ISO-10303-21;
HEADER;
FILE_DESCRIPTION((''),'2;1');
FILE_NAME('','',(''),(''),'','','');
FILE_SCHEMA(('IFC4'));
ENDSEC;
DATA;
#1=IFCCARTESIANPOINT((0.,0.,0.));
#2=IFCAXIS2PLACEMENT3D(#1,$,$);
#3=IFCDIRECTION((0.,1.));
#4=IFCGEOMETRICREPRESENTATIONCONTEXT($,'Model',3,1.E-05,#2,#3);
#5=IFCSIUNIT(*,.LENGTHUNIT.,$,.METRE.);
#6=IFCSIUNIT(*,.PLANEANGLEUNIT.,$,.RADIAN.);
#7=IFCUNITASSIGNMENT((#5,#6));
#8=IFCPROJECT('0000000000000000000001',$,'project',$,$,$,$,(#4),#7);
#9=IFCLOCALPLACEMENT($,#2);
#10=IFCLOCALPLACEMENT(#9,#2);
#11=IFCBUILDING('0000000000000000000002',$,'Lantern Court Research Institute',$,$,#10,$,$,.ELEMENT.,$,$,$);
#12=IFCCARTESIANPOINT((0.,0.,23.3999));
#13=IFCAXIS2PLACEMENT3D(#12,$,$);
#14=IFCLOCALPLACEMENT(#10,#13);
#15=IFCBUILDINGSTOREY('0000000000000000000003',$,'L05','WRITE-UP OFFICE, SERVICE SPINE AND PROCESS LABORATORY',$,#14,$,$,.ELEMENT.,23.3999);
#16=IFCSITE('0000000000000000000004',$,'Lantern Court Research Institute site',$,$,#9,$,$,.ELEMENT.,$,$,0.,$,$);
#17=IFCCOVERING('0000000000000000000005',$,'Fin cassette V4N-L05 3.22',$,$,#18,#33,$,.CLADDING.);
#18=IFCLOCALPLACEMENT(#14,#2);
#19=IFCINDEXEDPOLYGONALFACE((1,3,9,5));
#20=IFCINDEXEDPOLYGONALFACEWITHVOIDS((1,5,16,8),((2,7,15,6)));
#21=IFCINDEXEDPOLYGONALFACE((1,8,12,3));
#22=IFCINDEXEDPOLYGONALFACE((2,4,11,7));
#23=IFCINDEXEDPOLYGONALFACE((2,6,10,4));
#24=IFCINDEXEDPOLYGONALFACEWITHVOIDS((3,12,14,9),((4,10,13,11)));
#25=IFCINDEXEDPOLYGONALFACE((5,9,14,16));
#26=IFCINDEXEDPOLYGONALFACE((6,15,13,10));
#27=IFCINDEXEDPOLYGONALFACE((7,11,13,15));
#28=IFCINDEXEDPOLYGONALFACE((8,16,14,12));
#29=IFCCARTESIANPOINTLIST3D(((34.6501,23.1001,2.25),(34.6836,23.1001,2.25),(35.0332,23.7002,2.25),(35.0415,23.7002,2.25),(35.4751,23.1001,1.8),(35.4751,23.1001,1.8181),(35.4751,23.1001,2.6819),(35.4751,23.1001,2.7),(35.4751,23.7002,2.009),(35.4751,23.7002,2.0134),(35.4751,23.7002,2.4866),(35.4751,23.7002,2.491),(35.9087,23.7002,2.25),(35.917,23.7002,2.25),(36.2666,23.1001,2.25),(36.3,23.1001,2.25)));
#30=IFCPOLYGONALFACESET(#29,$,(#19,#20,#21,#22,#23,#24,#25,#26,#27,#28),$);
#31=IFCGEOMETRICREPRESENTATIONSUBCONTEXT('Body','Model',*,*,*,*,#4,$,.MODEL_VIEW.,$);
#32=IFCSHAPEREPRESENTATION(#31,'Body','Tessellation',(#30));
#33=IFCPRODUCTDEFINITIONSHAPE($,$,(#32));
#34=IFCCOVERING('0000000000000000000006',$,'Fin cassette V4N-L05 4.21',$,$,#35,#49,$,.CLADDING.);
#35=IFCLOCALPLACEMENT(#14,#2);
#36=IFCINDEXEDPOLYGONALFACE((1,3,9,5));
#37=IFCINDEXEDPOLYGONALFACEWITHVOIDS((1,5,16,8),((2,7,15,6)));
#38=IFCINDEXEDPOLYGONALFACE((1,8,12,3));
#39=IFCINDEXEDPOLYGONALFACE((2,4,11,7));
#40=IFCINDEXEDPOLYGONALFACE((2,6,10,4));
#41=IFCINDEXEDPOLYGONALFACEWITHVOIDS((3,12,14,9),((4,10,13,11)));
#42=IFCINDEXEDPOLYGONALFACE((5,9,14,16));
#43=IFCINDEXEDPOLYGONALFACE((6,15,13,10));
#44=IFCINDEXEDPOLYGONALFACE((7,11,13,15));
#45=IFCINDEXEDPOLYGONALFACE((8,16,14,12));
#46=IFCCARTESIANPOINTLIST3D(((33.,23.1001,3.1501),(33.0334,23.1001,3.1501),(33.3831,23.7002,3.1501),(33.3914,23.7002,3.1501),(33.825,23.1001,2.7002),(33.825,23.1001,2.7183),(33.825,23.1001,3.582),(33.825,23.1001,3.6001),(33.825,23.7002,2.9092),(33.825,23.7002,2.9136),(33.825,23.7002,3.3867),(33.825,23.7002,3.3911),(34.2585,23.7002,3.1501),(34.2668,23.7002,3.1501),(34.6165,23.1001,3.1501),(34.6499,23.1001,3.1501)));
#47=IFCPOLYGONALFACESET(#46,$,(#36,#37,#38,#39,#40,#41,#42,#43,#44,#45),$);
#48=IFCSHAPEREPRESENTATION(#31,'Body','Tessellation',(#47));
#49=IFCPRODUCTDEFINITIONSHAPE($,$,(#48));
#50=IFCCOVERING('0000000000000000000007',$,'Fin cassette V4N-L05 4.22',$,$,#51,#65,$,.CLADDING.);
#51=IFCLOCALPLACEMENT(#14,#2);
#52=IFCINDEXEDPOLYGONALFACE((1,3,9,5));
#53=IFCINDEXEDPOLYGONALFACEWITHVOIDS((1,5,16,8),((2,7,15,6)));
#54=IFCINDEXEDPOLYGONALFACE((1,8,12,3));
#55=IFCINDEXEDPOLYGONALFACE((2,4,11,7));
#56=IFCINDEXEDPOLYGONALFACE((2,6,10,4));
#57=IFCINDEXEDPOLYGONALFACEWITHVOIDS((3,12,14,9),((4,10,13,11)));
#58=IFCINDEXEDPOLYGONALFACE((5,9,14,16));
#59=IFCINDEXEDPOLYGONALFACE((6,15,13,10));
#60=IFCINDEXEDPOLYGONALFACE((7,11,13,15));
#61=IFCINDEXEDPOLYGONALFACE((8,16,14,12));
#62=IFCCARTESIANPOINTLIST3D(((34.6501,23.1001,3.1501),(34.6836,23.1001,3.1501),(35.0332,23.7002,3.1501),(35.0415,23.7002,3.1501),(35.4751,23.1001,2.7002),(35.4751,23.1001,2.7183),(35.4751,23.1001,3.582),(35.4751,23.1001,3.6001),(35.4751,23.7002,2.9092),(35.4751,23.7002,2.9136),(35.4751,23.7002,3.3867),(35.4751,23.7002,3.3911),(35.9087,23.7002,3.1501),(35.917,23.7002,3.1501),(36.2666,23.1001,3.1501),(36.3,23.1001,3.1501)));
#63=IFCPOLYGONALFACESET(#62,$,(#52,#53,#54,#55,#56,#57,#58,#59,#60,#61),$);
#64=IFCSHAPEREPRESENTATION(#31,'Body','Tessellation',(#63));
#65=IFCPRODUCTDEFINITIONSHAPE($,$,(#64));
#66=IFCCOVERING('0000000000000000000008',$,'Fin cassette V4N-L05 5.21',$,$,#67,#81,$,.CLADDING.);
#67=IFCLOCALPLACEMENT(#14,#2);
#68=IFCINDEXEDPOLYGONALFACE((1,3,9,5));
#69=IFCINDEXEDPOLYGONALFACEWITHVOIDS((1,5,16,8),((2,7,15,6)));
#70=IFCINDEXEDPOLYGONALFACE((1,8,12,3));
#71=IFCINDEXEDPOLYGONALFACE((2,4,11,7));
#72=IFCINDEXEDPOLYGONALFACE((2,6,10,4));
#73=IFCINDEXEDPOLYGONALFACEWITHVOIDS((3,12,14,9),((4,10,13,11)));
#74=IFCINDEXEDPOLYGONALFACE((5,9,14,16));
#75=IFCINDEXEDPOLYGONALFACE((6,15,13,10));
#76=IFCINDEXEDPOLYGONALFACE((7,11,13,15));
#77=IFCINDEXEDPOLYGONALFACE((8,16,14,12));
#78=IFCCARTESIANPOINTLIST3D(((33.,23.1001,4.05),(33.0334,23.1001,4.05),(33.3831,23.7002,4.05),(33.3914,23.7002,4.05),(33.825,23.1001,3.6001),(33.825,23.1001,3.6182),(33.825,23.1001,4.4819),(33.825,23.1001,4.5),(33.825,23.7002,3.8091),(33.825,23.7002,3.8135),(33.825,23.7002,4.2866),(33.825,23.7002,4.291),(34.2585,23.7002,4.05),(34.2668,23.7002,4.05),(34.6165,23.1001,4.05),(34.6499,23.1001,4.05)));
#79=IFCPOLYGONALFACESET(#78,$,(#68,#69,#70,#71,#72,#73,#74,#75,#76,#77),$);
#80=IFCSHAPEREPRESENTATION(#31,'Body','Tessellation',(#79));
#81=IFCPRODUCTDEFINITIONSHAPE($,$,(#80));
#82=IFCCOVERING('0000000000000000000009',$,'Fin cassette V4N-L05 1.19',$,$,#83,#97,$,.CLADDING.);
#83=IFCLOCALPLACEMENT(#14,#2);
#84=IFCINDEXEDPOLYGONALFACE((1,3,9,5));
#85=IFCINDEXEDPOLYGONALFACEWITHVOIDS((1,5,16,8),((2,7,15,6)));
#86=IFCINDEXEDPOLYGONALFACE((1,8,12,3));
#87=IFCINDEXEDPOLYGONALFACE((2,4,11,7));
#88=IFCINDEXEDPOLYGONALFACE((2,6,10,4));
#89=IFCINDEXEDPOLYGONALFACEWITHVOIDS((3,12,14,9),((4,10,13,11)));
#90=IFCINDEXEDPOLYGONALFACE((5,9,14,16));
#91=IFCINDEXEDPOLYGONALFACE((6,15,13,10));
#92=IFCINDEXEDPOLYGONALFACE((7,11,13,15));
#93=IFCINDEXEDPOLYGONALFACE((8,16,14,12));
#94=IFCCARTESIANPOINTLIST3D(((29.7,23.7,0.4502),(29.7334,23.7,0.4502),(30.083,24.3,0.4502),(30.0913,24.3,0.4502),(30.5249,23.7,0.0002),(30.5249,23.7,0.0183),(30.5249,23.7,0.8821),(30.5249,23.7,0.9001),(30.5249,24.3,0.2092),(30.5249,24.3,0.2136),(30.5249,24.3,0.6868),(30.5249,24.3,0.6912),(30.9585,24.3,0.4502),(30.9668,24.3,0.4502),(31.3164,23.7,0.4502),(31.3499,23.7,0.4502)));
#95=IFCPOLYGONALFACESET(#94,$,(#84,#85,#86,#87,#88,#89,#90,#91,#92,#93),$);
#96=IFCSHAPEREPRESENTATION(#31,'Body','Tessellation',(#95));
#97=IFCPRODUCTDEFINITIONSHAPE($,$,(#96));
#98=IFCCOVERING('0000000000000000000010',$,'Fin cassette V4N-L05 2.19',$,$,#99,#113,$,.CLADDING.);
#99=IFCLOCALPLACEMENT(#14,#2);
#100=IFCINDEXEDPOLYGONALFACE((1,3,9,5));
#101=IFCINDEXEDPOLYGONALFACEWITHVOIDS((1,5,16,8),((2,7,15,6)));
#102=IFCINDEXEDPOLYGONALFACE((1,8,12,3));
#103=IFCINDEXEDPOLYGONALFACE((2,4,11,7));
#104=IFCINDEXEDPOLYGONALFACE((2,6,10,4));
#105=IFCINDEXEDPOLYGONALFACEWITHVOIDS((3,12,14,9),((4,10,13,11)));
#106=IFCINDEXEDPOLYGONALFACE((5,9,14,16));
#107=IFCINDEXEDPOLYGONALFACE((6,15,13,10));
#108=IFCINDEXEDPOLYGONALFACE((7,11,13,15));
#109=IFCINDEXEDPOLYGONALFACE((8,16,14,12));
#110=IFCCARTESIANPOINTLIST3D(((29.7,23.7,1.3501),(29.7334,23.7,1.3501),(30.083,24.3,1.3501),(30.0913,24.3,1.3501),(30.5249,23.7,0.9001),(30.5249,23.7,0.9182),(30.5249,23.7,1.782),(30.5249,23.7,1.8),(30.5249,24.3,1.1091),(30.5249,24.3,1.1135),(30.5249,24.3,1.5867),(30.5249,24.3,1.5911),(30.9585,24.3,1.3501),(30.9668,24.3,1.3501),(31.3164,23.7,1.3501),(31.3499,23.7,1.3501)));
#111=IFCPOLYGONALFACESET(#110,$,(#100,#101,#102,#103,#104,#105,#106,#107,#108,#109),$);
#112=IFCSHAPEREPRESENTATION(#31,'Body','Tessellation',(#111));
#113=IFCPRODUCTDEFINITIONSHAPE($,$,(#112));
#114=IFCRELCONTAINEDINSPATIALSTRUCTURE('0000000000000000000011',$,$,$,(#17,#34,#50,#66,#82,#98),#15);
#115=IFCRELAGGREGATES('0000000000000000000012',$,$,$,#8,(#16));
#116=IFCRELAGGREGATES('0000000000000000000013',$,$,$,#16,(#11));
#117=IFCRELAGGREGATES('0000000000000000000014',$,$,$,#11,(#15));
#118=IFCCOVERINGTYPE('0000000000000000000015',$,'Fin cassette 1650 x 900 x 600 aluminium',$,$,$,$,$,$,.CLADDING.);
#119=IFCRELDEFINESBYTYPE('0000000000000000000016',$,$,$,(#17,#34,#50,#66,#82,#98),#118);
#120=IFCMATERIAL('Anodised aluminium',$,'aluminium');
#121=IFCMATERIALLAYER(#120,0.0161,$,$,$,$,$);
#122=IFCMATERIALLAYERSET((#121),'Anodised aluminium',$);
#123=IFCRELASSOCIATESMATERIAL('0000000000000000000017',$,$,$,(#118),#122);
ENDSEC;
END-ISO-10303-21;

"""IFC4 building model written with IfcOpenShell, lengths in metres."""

from ifc_helpers import new_model, entity, si_unit, direction, frame, origin, place, context, subcontext, project, spatial, material, layer, layer_set, type_object, element, save


model = new_model("IFC4")

# Units and contexts
model_context = context("Model", 3, precision=1e-05, world=origin(), true_north=direction((0.0, 1.0)))
body_context = subcontext(model_context, "Body", "Model", "MODEL_VIEW")
ifc_project = project(units=[si_unit("LENGTHUNIT", "METRE"), si_unit("PLANEANGLEUNIT", "RADIAN")], contexts=[model_context])

# Site, building, storey
site_placement = place(None, origin())
site = spatial("IfcSite", under=ifc_project, at=site_placement, Name="Lantern Court Research Institute site", CompositionType="ELEMENT", RefElevation=0.0)
building_placement = place(site_placement, origin())
building = spatial("IfcBuilding", under=site, at=building_placement, Name="Lantern Court Research Institute", CompositionType="ELEMENT")
storey_placement = place(building_placement, frame((0.0, 0.0, 23.3999)))
storey = spatial("IfcBuildingStorey", under=building, at=storey_placement, Name="L05", Description="WRITE-UP OFFICE, SERVICE SPINE AND PROCESS LABORATORY", CompositionType="ELEMENT", Elevation=23.3999)

# Coverings
ifc_material_1 = material(Name="Anodised aluminium", Category="aluminium")
ifc_layer_1 = layer(ifc_material_1, 0.0161)
ifc_layer_set_1 = layer_set([ifc_layer_1], Name="Anodised aluminium")
covering_type = type_object("IfcCoveringType", Name="Fin cassette 1650 x 900 x 600 aluminium", PredefinedType="CLADDING", material=ifc_layer_set_1)
covering_1_placement = place(storey_placement, frame((35.4751, 23.1001, 2.25), z_axis=(0.0, 1.0, 0.0), x_axis=(-1.0, 0.0, 0.0)))
cartesian_point_1 = entity("IfcCartesianPoint", [0.825, 0.0])
cartesian_point_2 = entity("IfcCartesianPoint", [0.7915, 0.0])
cartesian_point_3 = entity("IfcCartesianPoint", [0.4419, 0.0])
cartesian_point_4 = entity("IfcCartesianPoint", [0.4336, 0.0])
element("IfcCovering", 1, at=covering_1_placement, inside=storey, type_object=covering_type, Name="Fin cassette V4N-L05 3.22", PredefinedType="CLADDING", context=body_context, shape_type="SweptSolid", body=[
    entity("IfcExtrudedAreaSolidTapered", entity("IfcArbitraryProfileDefWithVoids", "AREA", None, entity("IfcPolyline", [cartesian_point_1, entity("IfcCartesianPoint", [0.0, 0.45]), entity("IfcCartesianPoint", [-0.825, 0.0]), entity("IfcCartesianPoint", [0.0, -0.45]), cartesian_point_1]), [entity("IfcPolyline", [cartesian_point_2, entity("IfcCartesianPoint", [0.0, 0.4319]), entity("IfcCartesianPoint", [-0.7915, 0.0]), entity("IfcCartesianPoint", [0.0, -0.4319]), cartesian_point_2])]), entity("IfcAxis2Placement3D", entity("IfcCartesianPoint", [0.0, 0.0, 0.0])), entity("IfcDirection", [0.0, 0.0, 1.0]), 0.6001, entity("IfcArbitraryProfileDefWithVoids", "AREA", None, entity("IfcPolyline", [cartesian_point_3, entity("IfcCartesianPoint", [0.0, 0.241]), entity("IfcCartesianPoint", [-0.4419, 0.0]), entity("IfcCartesianPoint", [0.0, -0.241]), cartesian_point_3]), [entity("IfcPolyline", [cartesian_point_4, entity("IfcCartesianPoint", [0.0, 0.2366]), entity("IfcCartesianPoint", [-0.4336, 0.0]), entity("IfcCartesianPoint", [0.0, -0.2366]), cartesian_point_4])])),
])
covering_2_placement = place(storey_placement, frame((33.825, 23.1001, 3.1501), z_axis=(0.0, 1.0, 0.0), x_axis=(-1.0, 0.0, 0.0)))
cartesian_point_5 = entity("IfcCartesianPoint", [0.825, 0.0])
cartesian_point_6 = entity("IfcCartesianPoint", [0.7915, 0.0])
cartesian_point_7 = entity("IfcCartesianPoint", [0.4419, 0.0])
cartesian_point_8 = entity("IfcCartesianPoint", [0.4336, 0.0])
element("IfcCovering", 2, at=covering_2_placement, inside=storey, type_object=covering_type, Name="Fin cassette V4N-L05 4.21", PredefinedType="CLADDING", context=body_context, shape_type="SweptSolid", body=[
    entity("IfcExtrudedAreaSolidTapered", entity("IfcArbitraryProfileDefWithVoids", "AREA", None, entity("IfcPolyline", [cartesian_point_5, entity("IfcCartesianPoint", [0.0, 0.45]), entity("IfcCartesianPoint", [-0.825, 0.0]), entity("IfcCartesianPoint", [0.0, -0.45]), cartesian_point_5]), [entity("IfcPolyline", [cartesian_point_6, entity("IfcCartesianPoint", [0.0, 0.4319]), entity("IfcCartesianPoint", [-0.7915, 0.0]), entity("IfcCartesianPoint", [0.0, -0.4319]), cartesian_point_6])]), entity("IfcAxis2Placement3D", entity("IfcCartesianPoint", [0.0, 0.0, 0.0])), entity("IfcDirection", [0.0, 0.0, 1.0]), 0.6001, entity("IfcArbitraryProfileDefWithVoids", "AREA", None, entity("IfcPolyline", [cartesian_point_7, entity("IfcCartesianPoint", [0.0, 0.241]), entity("IfcCartesianPoint", [-0.4419, 0.0]), entity("IfcCartesianPoint", [0.0, -0.241]), cartesian_point_7]), [entity("IfcPolyline", [cartesian_point_8, entity("IfcCartesianPoint", [0.0, 0.2366]), entity("IfcCartesianPoint", [-0.4336, 0.0]), entity("IfcCartesianPoint", [0.0, -0.2366]), cartesian_point_8])])),
])
covering_3_placement = place(storey_placement, frame((35.4751, 23.1001, 3.1501), z_axis=(0.0, 1.0, 0.0), x_axis=(-1.0, 0.0, 0.0)))
cartesian_point_9 = entity("IfcCartesianPoint", [0.825, 0.0])
cartesian_point_10 = entity("IfcCartesianPoint", [0.7915, 0.0])
cartesian_point_11 = entity("IfcCartesianPoint", [0.4419, 0.0])
cartesian_point_12 = entity("IfcCartesianPoint", [0.4336, 0.0])
element("IfcCovering", 3, at=covering_3_placement, inside=storey, type_object=covering_type, Name="Fin cassette V4N-L05 4.22", PredefinedType="CLADDING", context=body_context, shape_type="SweptSolid", body=[
    entity("IfcExtrudedAreaSolidTapered", entity("IfcArbitraryProfileDefWithVoids", "AREA", None, entity("IfcPolyline", [cartesian_point_9, entity("IfcCartesianPoint", [0.0, 0.45]), entity("IfcCartesianPoint", [-0.825, 0.0]), entity("IfcCartesianPoint", [0.0, -0.45]), cartesian_point_9]), [entity("IfcPolyline", [cartesian_point_10, entity("IfcCartesianPoint", [0.0, 0.4319]), entity("IfcCartesianPoint", [-0.7915, 0.0]), entity("IfcCartesianPoint", [0.0, -0.4319]), cartesian_point_10])]), entity("IfcAxis2Placement3D", entity("IfcCartesianPoint", [0.0, 0.0, 0.0])), entity("IfcDirection", [0.0, 0.0, 1.0]), 0.6001, entity("IfcArbitraryProfileDefWithVoids", "AREA", None, entity("IfcPolyline", [cartesian_point_11, entity("IfcCartesianPoint", [0.0, 0.241]), entity("IfcCartesianPoint", [-0.4419, 0.0]), entity("IfcCartesianPoint", [0.0, -0.241]), cartesian_point_11]), [entity("IfcPolyline", [cartesian_point_12, entity("IfcCartesianPoint", [0.0, 0.2366]), entity("IfcCartesianPoint", [-0.4336, 0.0]), entity("IfcCartesianPoint", [0.0, -0.2366]), cartesian_point_12])])),
])
covering_4_placement = place(storey_placement, frame((33.825, 23.1001, 4.05), z_axis=(0.0, 1.0, 0.0), x_axis=(-1.0, 0.0, 0.0)))
cartesian_point_13 = entity("IfcCartesianPoint", [0.825, 0.0])
cartesian_point_14 = entity("IfcCartesianPoint", [0.7915, 0.0])
cartesian_point_15 = entity("IfcCartesianPoint", [0.4419, 0.0])
cartesian_point_16 = entity("IfcCartesianPoint", [0.4336, 0.0])
element("IfcCovering", 4, at=covering_4_placement, inside=storey, type_object=covering_type, Name="Fin cassette V4N-L05 5.21", PredefinedType="CLADDING", context=body_context, shape_type="SweptSolid", body=[
    entity("IfcExtrudedAreaSolidTapered", entity("IfcArbitraryProfileDefWithVoids", "AREA", None, entity("IfcPolyline", [cartesian_point_13, entity("IfcCartesianPoint", [0.0, 0.45]), entity("IfcCartesianPoint", [-0.825, 0.0]), entity("IfcCartesianPoint", [0.0, -0.45]), cartesian_point_13]), [entity("IfcPolyline", [cartesian_point_14, entity("IfcCartesianPoint", [0.0, 0.4319]), entity("IfcCartesianPoint", [-0.7915, 0.0]), entity("IfcCartesianPoint", [0.0, -0.4319]), cartesian_point_14])]), entity("IfcAxis2Placement3D", entity("IfcCartesianPoint", [0.0, 0.0, 0.0])), entity("IfcDirection", [0.0, 0.0, 1.0]), 0.6001, entity("IfcArbitraryProfileDefWithVoids", "AREA", None, entity("IfcPolyline", [cartesian_point_15, entity("IfcCartesianPoint", [0.0, 0.241]), entity("IfcCartesianPoint", [-0.4419, 0.0]), entity("IfcCartesianPoint", [0.0, -0.241]), cartesian_point_15]), [entity("IfcPolyline", [cartesian_point_16, entity("IfcCartesianPoint", [0.0, 0.2366]), entity("IfcCartesianPoint", [-0.4336, 0.0]), entity("IfcCartesianPoint", [0.0, -0.2366]), cartesian_point_16])])),
])
covering_5_placement = place(storey_placement, frame((30.5249, 23.7, 0.4502), z_axis=(0.0, 1.0, 0.0), x_axis=(-1.0, 0.0, 0.0)))
cartesian_point_17 = entity("IfcCartesianPoint", [0.825, 0.0])
cartesian_point_18 = entity("IfcCartesianPoint", [0.7915, 0.0])
cartesian_point_19 = entity("IfcCartesianPoint", [0.4419, 0.0])
cartesian_point_20 = entity("IfcCartesianPoint", [0.4336, 0.0])
element("IfcCovering", 5, at=covering_5_placement, inside=storey, type_object=covering_type, Name="Fin cassette V4N-L05 1.19", PredefinedType="CLADDING", context=body_context, shape_type="SweptSolid", body=[
    entity("IfcExtrudedAreaSolidTapered", entity("IfcArbitraryProfileDefWithVoids", "AREA", None, entity("IfcPolyline", [cartesian_point_17, entity("IfcCartesianPoint", [0.0, 0.45]), entity("IfcCartesianPoint", [-0.825, 0.0]), entity("IfcCartesianPoint", [0.0, -0.45]), cartesian_point_17]), [entity("IfcPolyline", [cartesian_point_18, entity("IfcCartesianPoint", [0.0, 0.4319]), entity("IfcCartesianPoint", [-0.7915, 0.0]), entity("IfcCartesianPoint", [0.0, -0.4319]), cartesian_point_18])]), entity("IfcAxis2Placement3D", entity("IfcCartesianPoint", [0.0, 0.0, 0.0])), entity("IfcDirection", [0.0, 0.0, 1.0]), 0.6001, entity("IfcArbitraryProfileDefWithVoids", "AREA", None, entity("IfcPolyline", [cartesian_point_19, entity("IfcCartesianPoint", [0.0, 0.241]), entity("IfcCartesianPoint", [-0.4419, 0.0]), entity("IfcCartesianPoint", [0.0, -0.241]), cartesian_point_19]), [entity("IfcPolyline", [cartesian_point_20, entity("IfcCartesianPoint", [0.0, 0.2366]), entity("IfcCartesianPoint", [-0.4336, 0.0]), entity("IfcCartesianPoint", [0.0, -0.2366]), cartesian_point_20])])),
])
covering_6_placement = place(storey_placement, frame((30.5249, 23.7, 1.3501), z_axis=(0.0, 1.0, 0.0), x_axis=(-1.0, 0.0, 0.0)))
cartesian_point_21 = entity("IfcCartesianPoint", [0.825, 0.0])
cartesian_point_22 = entity("IfcCartesianPoint", [0.7915, 0.0])
cartesian_point_23 = entity("IfcCartesianPoint", [0.4419, 0.0])
cartesian_point_24 = entity("IfcCartesianPoint", [0.4336, 0.0])
element("IfcCovering", 6, at=covering_6_placement, inside=storey, type_object=covering_type, Name="Fin cassette V4N-L05 2.19", PredefinedType="CLADDING", context=body_context, shape_type="SweptSolid", body=[
    entity("IfcExtrudedAreaSolidTapered", entity("IfcArbitraryProfileDefWithVoids", "AREA", None, entity("IfcPolyline", [cartesian_point_21, entity("IfcCartesianPoint", [0.0, 0.45]), entity("IfcCartesianPoint", [-0.825, 0.0]), entity("IfcCartesianPoint", [0.0, -0.45]), cartesian_point_21]), [entity("IfcPolyline", [cartesian_point_22, entity("IfcCartesianPoint", [0.0, 0.4319]), entity("IfcCartesianPoint", [-0.7915, 0.0]), entity("IfcCartesianPoint", [0.0, -0.4319]), cartesian_point_22])]), entity("IfcAxis2Placement3D", entity("IfcCartesianPoint", [0.0, 0.0, 0.0])), entity("IfcDirection", [0.0, 0.0, 1.0]), 0.6001, entity("IfcArbitraryProfileDefWithVoids", "AREA", None, entity("IfcPolyline", [cartesian_point_23, entity("IfcCartesianPoint", [0.0, 0.241]), entity("IfcCartesianPoint", [-0.4419, 0.0]), entity("IfcCartesianPoint", [0.0, -0.241]), cartesian_point_23]), [entity("IfcPolyline", [cartesian_point_24, entity("IfcCartesianPoint", [0.0, 0.2366]), entity("IfcCartesianPoint", [-0.4336, 0.0]), entity("IfcCartesianPoint", [0.0, -0.2366]), cartesian_point_24])])),
])

save(model, "model.ifc")
